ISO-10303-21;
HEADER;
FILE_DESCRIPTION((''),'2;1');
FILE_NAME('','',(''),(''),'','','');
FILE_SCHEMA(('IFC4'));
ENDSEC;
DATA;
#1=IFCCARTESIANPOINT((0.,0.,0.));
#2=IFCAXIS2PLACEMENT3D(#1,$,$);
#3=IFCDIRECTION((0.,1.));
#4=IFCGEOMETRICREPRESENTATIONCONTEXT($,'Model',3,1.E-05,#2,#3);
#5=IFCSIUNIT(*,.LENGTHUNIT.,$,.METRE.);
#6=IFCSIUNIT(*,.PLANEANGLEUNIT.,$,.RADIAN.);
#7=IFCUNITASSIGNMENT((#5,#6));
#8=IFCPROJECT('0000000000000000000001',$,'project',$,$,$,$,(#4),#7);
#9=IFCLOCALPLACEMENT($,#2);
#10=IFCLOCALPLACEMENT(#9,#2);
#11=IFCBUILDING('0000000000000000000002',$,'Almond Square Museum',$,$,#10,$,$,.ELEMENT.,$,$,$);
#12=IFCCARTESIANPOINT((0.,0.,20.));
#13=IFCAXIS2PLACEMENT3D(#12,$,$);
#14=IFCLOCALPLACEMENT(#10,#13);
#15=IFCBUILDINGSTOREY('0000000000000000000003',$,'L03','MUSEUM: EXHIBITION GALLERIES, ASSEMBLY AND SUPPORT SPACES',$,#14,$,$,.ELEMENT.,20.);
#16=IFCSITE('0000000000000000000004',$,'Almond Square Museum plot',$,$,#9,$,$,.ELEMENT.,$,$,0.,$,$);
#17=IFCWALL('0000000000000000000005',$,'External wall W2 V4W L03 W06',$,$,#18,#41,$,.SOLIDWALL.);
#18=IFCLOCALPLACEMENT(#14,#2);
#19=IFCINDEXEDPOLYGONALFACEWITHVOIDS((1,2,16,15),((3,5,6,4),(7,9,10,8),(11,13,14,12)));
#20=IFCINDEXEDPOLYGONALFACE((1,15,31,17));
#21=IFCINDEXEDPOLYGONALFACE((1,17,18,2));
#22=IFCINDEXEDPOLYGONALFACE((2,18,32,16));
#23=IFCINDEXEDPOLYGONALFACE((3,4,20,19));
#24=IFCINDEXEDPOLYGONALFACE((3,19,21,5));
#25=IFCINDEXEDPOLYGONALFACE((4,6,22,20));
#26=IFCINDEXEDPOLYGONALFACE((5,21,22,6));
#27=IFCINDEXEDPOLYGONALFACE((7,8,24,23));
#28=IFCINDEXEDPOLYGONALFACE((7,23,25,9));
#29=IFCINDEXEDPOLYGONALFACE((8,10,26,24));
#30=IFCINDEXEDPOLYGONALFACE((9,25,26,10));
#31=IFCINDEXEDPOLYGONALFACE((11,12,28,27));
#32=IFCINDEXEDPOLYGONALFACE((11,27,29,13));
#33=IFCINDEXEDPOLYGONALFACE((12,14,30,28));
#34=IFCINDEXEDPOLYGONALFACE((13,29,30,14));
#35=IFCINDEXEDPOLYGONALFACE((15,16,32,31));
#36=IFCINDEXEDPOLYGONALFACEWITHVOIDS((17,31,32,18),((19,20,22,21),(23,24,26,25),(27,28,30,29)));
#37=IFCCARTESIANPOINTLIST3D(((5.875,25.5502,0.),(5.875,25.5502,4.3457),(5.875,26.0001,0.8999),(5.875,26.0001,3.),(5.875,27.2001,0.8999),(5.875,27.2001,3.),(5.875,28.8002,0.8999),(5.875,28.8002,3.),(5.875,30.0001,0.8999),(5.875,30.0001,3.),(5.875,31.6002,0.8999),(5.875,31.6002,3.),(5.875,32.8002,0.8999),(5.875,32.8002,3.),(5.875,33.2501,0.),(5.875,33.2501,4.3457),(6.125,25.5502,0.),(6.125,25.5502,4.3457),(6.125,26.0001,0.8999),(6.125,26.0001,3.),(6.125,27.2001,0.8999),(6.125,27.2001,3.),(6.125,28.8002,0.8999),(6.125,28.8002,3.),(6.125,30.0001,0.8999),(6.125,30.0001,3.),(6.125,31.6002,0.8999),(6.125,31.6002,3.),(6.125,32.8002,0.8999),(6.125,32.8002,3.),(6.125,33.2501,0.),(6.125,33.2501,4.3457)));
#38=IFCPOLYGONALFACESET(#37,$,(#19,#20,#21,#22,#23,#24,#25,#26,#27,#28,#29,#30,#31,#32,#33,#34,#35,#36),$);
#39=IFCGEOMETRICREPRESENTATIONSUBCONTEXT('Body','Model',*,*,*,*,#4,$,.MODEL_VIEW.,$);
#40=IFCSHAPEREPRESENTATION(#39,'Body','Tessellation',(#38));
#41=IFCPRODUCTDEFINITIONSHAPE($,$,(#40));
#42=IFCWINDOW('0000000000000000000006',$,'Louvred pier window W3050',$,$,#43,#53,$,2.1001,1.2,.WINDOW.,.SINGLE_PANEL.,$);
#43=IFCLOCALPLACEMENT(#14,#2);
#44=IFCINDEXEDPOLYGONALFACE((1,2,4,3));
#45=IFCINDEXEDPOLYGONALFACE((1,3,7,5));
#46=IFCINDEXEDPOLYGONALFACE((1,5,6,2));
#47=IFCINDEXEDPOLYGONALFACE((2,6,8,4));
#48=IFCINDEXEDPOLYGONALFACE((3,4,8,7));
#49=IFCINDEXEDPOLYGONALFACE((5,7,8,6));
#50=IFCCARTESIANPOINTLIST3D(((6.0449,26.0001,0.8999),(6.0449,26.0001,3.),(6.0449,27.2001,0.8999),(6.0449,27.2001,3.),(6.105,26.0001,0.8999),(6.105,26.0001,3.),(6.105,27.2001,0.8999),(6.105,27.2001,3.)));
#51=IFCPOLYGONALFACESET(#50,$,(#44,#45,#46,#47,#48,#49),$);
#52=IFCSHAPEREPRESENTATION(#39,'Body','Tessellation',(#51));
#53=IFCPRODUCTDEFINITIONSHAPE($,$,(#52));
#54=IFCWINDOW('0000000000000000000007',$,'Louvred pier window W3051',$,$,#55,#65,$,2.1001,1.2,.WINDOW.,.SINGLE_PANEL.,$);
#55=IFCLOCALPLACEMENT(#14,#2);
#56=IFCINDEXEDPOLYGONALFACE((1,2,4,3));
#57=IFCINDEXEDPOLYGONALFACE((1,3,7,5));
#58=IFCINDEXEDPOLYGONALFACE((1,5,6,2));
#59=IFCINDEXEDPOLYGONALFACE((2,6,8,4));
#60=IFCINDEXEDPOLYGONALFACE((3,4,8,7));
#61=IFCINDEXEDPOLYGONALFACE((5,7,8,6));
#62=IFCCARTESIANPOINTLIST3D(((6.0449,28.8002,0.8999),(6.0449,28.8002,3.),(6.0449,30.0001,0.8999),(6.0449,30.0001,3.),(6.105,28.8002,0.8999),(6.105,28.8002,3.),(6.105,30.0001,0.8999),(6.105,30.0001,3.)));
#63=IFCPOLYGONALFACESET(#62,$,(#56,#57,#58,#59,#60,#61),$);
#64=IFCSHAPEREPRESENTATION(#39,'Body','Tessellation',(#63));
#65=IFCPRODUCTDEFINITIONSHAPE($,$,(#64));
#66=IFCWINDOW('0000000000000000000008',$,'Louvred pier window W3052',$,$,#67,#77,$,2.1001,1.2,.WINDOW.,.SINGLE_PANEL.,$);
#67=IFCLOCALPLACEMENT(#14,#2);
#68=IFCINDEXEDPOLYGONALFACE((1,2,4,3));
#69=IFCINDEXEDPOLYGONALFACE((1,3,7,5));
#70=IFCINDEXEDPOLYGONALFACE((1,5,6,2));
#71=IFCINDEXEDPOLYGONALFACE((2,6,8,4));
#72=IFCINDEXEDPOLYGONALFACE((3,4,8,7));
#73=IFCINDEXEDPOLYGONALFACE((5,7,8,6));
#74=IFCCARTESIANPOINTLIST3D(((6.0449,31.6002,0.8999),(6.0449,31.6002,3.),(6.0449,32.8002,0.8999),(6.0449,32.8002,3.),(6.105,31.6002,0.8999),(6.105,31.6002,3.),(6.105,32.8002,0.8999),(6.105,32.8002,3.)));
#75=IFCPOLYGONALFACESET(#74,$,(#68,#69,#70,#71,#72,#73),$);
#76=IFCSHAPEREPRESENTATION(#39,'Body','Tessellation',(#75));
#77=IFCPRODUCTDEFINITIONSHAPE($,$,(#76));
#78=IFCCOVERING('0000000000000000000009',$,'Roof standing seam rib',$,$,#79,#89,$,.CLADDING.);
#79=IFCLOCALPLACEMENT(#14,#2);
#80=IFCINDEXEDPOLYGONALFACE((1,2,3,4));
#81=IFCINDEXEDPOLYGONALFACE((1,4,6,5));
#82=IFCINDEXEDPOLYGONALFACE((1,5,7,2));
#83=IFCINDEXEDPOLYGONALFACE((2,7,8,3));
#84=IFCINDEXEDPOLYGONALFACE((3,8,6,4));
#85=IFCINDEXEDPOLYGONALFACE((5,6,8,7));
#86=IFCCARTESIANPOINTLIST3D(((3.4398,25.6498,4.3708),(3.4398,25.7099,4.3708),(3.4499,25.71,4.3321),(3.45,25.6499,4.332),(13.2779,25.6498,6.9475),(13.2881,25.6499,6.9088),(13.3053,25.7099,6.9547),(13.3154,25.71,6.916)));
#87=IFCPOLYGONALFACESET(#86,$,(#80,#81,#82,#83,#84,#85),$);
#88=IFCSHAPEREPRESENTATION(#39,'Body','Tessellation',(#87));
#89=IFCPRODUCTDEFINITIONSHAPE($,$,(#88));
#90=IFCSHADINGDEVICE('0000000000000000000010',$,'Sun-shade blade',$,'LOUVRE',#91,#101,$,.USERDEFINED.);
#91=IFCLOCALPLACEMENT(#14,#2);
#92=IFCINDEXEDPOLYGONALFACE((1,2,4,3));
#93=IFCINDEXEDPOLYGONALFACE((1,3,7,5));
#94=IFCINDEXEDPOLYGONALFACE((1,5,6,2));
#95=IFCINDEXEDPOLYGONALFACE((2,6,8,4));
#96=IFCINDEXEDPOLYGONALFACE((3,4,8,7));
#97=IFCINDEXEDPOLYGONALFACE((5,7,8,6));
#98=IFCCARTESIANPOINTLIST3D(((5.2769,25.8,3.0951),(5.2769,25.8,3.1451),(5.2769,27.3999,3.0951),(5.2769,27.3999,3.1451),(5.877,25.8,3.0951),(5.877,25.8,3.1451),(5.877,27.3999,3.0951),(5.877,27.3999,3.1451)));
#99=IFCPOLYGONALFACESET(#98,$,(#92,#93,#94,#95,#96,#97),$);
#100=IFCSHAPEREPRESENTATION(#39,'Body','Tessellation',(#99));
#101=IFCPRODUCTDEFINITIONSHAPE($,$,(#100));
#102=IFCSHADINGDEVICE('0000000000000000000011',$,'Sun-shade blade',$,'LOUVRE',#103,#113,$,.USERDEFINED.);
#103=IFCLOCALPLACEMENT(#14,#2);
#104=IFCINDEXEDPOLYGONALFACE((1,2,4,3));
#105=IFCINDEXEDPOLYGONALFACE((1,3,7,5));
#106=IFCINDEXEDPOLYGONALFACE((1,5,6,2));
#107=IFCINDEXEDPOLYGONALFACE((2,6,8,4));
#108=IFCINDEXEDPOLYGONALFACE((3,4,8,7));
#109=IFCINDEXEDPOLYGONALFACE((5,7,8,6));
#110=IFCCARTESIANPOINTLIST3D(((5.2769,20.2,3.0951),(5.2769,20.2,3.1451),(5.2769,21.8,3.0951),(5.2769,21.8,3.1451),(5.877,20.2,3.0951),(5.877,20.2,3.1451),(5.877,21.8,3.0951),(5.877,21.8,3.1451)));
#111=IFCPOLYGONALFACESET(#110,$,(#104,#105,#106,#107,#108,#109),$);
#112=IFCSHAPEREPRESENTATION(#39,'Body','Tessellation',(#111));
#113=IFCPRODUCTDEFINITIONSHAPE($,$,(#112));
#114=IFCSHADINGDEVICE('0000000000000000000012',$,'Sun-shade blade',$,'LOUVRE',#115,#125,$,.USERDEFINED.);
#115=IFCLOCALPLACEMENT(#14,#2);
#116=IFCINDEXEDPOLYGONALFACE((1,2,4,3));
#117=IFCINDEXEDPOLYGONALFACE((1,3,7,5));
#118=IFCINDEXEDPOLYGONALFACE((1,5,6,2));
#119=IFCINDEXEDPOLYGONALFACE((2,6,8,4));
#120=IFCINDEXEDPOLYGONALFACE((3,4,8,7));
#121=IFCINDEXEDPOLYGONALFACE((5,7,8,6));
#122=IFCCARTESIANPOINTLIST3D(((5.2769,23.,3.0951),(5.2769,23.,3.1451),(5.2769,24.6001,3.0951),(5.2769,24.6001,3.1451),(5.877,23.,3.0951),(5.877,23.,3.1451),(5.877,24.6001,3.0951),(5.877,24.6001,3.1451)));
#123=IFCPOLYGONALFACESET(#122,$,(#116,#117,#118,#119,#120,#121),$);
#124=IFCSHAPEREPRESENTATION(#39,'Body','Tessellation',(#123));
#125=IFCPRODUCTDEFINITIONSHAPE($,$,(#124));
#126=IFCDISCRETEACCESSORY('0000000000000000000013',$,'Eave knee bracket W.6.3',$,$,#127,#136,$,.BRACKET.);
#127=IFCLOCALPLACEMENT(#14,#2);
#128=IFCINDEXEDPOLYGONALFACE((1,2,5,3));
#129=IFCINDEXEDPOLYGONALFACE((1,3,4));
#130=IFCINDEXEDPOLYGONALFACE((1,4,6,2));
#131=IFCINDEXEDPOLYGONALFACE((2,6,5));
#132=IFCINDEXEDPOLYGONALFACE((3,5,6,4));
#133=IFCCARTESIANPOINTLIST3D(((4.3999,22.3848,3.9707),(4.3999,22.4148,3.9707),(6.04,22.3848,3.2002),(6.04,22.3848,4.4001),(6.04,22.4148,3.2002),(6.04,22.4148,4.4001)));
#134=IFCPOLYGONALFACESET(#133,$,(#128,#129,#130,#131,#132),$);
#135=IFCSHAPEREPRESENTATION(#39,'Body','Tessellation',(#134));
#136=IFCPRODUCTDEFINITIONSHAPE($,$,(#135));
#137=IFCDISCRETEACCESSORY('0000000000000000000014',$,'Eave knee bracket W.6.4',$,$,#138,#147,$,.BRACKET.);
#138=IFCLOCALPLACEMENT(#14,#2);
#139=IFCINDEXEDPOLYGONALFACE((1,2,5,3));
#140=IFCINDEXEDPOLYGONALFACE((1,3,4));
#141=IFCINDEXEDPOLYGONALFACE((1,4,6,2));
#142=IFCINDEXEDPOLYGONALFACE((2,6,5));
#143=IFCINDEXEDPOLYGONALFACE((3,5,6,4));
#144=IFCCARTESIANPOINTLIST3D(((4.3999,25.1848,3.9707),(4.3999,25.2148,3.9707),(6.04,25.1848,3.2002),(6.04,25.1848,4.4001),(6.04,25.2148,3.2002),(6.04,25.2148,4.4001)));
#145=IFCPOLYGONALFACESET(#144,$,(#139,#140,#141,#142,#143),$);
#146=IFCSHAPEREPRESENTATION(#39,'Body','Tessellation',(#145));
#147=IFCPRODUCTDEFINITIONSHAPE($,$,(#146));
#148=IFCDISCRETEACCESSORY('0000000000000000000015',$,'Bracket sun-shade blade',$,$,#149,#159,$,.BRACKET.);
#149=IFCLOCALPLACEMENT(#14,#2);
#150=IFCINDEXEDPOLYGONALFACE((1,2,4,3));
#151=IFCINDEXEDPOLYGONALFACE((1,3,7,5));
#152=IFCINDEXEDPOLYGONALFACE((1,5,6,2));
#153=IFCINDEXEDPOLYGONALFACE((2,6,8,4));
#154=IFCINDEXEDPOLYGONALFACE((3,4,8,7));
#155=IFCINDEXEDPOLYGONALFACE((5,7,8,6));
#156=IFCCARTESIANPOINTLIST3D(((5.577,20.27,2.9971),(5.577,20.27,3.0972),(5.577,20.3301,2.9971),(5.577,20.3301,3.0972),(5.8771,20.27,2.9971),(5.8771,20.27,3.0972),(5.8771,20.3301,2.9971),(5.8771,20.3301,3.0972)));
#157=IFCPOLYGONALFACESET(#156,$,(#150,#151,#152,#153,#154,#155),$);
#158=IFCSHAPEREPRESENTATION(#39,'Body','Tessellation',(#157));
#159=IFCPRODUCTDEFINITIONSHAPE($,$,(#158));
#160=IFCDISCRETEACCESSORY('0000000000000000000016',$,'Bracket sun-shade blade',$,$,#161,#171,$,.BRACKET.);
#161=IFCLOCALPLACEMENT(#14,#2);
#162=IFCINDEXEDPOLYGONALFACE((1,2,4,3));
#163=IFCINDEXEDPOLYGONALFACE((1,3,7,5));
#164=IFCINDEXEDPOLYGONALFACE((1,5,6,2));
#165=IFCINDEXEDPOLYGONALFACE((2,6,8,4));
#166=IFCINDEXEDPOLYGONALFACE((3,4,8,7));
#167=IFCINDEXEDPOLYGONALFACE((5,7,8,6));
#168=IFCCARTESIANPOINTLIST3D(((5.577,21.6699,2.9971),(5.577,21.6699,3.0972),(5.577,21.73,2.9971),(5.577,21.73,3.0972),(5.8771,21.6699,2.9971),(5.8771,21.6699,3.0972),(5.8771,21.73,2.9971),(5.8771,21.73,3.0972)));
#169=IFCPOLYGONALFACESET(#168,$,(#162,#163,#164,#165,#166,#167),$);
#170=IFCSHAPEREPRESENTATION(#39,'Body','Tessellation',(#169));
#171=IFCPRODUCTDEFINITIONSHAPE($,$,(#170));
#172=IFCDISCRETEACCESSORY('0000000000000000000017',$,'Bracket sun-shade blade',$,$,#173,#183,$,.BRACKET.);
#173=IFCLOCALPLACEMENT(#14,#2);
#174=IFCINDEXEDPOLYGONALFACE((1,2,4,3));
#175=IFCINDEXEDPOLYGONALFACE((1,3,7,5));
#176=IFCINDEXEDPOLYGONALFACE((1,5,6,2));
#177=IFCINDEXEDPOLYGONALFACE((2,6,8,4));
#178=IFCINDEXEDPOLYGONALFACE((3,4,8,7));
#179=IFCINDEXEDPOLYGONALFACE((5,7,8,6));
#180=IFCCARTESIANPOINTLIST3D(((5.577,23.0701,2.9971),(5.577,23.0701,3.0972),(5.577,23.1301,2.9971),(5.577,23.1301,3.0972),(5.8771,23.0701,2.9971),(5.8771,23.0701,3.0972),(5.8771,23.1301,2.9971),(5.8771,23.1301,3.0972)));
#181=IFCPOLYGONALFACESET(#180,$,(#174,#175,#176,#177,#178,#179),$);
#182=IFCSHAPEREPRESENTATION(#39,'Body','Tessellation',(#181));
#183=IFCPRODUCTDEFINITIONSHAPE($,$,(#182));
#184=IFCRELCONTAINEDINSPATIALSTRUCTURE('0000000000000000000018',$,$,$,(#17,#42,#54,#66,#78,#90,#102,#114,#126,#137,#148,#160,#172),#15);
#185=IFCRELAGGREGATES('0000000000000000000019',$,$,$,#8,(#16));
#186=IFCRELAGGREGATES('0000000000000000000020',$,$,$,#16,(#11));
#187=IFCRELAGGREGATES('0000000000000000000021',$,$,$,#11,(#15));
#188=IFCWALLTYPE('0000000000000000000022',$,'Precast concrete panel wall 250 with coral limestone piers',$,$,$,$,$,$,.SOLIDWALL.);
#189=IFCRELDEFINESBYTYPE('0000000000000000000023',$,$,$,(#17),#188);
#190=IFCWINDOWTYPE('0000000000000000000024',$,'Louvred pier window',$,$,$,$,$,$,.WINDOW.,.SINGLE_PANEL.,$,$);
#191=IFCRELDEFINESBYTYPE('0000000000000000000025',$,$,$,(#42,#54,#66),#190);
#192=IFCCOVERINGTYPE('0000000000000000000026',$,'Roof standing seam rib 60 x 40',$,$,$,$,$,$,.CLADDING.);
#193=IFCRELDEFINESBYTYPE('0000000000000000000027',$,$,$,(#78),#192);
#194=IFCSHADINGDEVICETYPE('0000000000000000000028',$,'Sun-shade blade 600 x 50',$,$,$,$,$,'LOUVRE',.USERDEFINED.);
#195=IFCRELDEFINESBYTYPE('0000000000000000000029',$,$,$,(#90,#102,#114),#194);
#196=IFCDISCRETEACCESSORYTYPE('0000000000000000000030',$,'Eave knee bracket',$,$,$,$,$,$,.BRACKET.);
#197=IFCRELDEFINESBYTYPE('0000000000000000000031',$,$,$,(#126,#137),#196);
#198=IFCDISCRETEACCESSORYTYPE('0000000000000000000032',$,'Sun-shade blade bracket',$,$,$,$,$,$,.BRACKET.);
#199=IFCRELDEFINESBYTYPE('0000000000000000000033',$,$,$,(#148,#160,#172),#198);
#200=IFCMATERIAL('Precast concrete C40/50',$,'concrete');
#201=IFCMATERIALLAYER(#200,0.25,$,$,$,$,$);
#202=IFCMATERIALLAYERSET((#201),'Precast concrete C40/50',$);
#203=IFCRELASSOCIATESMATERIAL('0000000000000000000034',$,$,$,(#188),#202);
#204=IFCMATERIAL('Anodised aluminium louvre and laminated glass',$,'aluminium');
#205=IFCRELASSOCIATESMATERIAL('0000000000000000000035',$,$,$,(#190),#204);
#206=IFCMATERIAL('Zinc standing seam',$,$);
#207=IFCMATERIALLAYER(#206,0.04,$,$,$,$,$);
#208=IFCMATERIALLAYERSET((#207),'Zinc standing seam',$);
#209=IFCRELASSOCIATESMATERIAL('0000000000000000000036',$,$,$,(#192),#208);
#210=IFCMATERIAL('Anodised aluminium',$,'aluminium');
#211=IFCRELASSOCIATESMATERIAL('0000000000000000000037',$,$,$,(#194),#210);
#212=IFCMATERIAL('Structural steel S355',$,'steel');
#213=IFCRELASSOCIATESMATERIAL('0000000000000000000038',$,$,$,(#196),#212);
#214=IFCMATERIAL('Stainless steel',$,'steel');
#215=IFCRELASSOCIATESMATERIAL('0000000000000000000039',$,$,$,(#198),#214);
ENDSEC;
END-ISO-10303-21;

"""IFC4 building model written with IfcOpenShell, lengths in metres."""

from ifc_helpers import new_model, si_unit, direction, frame, frame_2d, origin, origin_2d, place, context, subcontext, project, spatial, polyline, rectangle, outline, extrude, material, layer, layer_set, material_profile, profile_set, type_object, element, fill, save


model = new_model("IFC4")

# Units and contexts
model_context = context("Model", 3, precision=1e-05, world=origin(), true_north=direction((0.0, 1.0)))
body_context = subcontext(model_context, "Body", "Model", "MODEL_VIEW")
ifc_project = project(units=[si_unit("LENGTHUNIT", "METRE"), si_unit("PLANEANGLEUNIT", "RADIAN")], contexts=[model_context])

# Site, building, storey
site_placement = place(None, origin())
site = spatial("IfcSite", under=ifc_project, at=site_placement, Name="Almond Square Museum plot", CompositionType="ELEMENT", RefElevation=0.0)
building_placement = place(site_placement, origin())
building = spatial("IfcBuilding", under=site, at=building_placement, Name="Almond Square Museum", CompositionType="ELEMENT")
storey_placement = place(building_placement, frame((0.0, 0.0, 20.0)))
storey = spatial("IfcBuildingStorey", under=building, at=storey_placement, Name="L03", Description="MUSEUM: EXHIBITION GALLERIES, ASSEMBLY AND SUPPORT SPACES", CompositionType="ELEMENT", Elevation=20.0)

# Wall, openings, windows
ifc_material_1 = material(Name="Precast concrete C40/50", Category="concrete")
ifc_layer_1 = layer(ifc_material_1, 0.25)
ifc_layer_set_1 = layer_set([ifc_layer_1], Name="Precast concrete C40/50")
wall_type_1 = type_object("IfcWallType", Name="Precast concrete panel wall 250 with coral limestone piers", PredefinedType="SOLIDWALL", material=ifc_layer_set_1)
wall_1_placement = place(storey_placement, frame((6.0, 25.55, 0.0), z_axis=(0.0, 0.0, 1.0), x_axis=(0.0, 1.0, 0.0)))
wall_1 = element("IfcWall", 1, at=wall_1_placement, inside=storey, type_object=wall_type_1, Name="External wall W2 V4W L03 W06", PredefinedType="SOLIDWALL", context=body_context, shape_type="SweptSolid", body=[
    extrude(rectangle(XDim=7.7, YDim=0.25, at=frame_2d((3.8501, 0.0))), origin(), (0.0, 0.0, 1.0), 4.3457),
])
opening_1_placement = place(wall_1_placement, frame((0.45, 0.0, 0.8999)))
opening_1 = element("IfcOpeningElement", 2, at=opening_1_placement, cuts=wall_1, PredefinedType="OPENING", context=body_context, shape_type="SweptSolid", body=[
    extrude(rectangle(XDim=1.2, YDim=2.1001, at=frame_2d((0.6001, 1.05))), frame((0.0, 0.135, 0.0), z_axis=(0.0, -1.0, 0.0), x_axis=(1.0, 0.0, 0.0)), (0.0, 0.0, 1.0), 0.27),
])
opening_2_placement = place(wall_1_placement, frame((3.25, 0.0, 0.8999)))
opening_2 = element("IfcOpeningElement", 3, at=opening_2_placement, cuts=wall_1, PredefinedType="OPENING", context=body_context, shape_type="SweptSolid", body=[
    extrude(rectangle(XDim=1.2, YDim=2.1001, at=frame_2d((0.6001, 1.05))), frame((0.0, 0.135, 0.0), z_axis=(0.0, -1.0, 0.0), x_axis=(1.0, 0.0, 0.0)), (0.0, 0.0, 1.0), 0.27),
])
opening_3_placement = place(wall_1_placement, frame((6.05, 0.0, 0.8999)))
opening_3 = element("IfcOpeningElement", 4, at=opening_3_placement, cuts=wall_1, PredefinedType="OPENING", context=body_context, shape_type="SweptSolid", body=[
    extrude(rectangle(XDim=1.2, YDim=2.1001, at=frame_2d((0.6001, 1.05))), frame((0.0, 0.135, 0.0), z_axis=(0.0, -1.0, 0.0), x_axis=(1.0, 0.0, 0.0)), (0.0, 0.0, 1.0), 0.27),
])
ifc_material_2 = material(Name="Anodised aluminium louvre and laminated glass", Category="aluminium")
window_type = type_object("IfcWindowType", Name="Louvred pier window", PartitioningType="SINGLE_PANEL", PredefinedType="WINDOW", material=ifc_material_2)
window_1_placement = place(opening_1_placement, origin())
window_1 = element("IfcWindow", 5, at=window_1_placement, inside=storey, type_object=window_type, Name="Louvred pier window W3050", OverallHeight=2.1001, OverallWidth=1.2, PartitioningType="SINGLE_PANEL", PredefinedType="WINDOW", context=body_context, shape_type="SweptSolid", body=[
    extrude(rectangle(XDim=1.2, YDim=2.1001, at=frame_2d((0.6001, 1.05))), frame((0.0, -0.0449, 0.0), z_axis=(0.0, -1.0, 0.0), x_axis=(1.0, 0.0, 0.0)), (0.0, 0.0, 1.0), 0.0601),
])
fill(opening_1, window_1)
window_2_placement = place(opening_2_placement, origin())
window_2 = element("IfcWindow", 6, at=window_2_placement, inside=storey, type_object=window_type, Name="Louvred pier window W3051", OverallHeight=2.1001, OverallWidth=1.2, PartitioningType="SINGLE_PANEL", PredefinedType="WINDOW", context=body_context, shape_type="SweptSolid", body=[
    extrude(rectangle(XDim=1.2, YDim=2.1001, at=frame_2d((0.6001, 1.05))), frame((0.0, -0.0449, 0.0), z_axis=(0.0, -1.0, 0.0), x_axis=(1.0, 0.0, 0.0)), (0.0, 0.0, 1.0), 0.0601),
])
fill(opening_2, window_2)
window_3_placement = place(opening_3_placement, origin())
window_3 = element("IfcWindow", 7, at=window_3_placement, inside=storey, type_object=window_type, Name="Louvred pier window W3052", OverallHeight=2.1001, OverallWidth=1.2, PartitioningType="SINGLE_PANEL", PredefinedType="WINDOW", context=body_context, shape_type="SweptSolid", body=[
    extrude(rectangle(XDim=1.2, YDim=2.1001, at=frame_2d((0.6001, 1.05))), frame((0.0, -0.0449, 0.0), z_axis=(0.0, -1.0, 0.0), x_axis=(1.0, 0.0, 0.0)), (0.0, 0.0, 1.0), 0.0601),
])
fill(opening_3, window_3)

# Covering
ifc_material_3 = material(Name="Zinc standing seam")
ifc_layer_2 = layer(ifc_material_3, 0.04)
ifc_layer_set_2 = layer_set([ifc_layer_2], Name="Zinc standing seam")
covering_type = type_object("IfcCoveringType", Name="Roof standing seam rib 60 x 40", PredefinedType="CLADDING", material=ifc_layer_set_2)
covering_placement = place(storey_placement, frame((3.45, 25.6499, 4.332), z_axis=(-0.253367, -0.001309, 0.967369), x_axis=(0.96737, 0.0, 0.253367)))
element("IfcCovering", 8, at=covering_placement, inside=storey, type_object=covering_type, Name="Roof standing seam rib", PredefinedType="CLADDING", context=body_context, shape_type="SweptSolid", body=[
    extrude(outline(polyline([(0.0, 0.0), (10.17, 0.0), (10.1983, 0.0601), (0.0, 0.0601), (0.0, 0.0)])), origin(), (0.0, 0.0, 1.0), 0.04),
])

# Shading devices
ifc_material_4 = material(Name="Anodised aluminium", Category="aluminium")
ifc_material_profile_1 = material_profile(ifc_material_4, rectangle(XDim=0.6001, YDim=0.05, at=origin_2d()))
ifc_profile_set_1 = profile_set([ifc_material_profile_1], Name="Anodised aluminium")
shading_device_type = type_object("IfcShadingDeviceType", Name="Sun-shade blade 600 x 50", ElementType="LOUVRE", PredefinedType="USERDEFINED", material=ifc_profile_set_1)
shading_device_placement = place(storey_placement, frame((5.5769, 25.8, 3.1201), z_axis=(0.0, 1.0, 0.0), x_axis=(-1.0, 0.0, 0.0)))
element("IfcShadingDevice", 9, at=shading_device_placement, inside=storey, type_object=shading_device_type, Name="Sun-shade blade", ObjectType="LOUVRE", PredefinedType="USERDEFINED", context=body_context, shape_type="SweptSolid", body=[
    extrude(rectangle(XDim=0.6001, YDim=0.05, at=origin_2d()), origin(), (0.0, 0.0, 1.0), 1.5999),
])
for number, where, z_axis, x_axis, name in (
    (10, (5.5769, 20.2, 3.1201), (0.0, 1.0, 0.0), (-1.0, 0.0, 0.0), "Sun-shade blade"),
    (11, (5.5769, 23.0, 3.1201), (0.0, 1.0, 0.0), (-1.0, 0.0, 0.0), "Sun-shade blade"),
):
    element("IfcShadingDevice", number, at=place(storey_placement, frame(where, z_axis=z_axis, x_axis=x_axis)), inside=storey, type_object=shading_device_type, Name=name, ObjectType="LOUVRE", PredefinedType="USERDEFINED", context=body_context, shape_type="SweptSolid", body=[
        extrude(rectangle(XDim=0.6001, YDim=0.05, at=origin_2d()), origin(), (0.0, 0.0, 1.0), 1.6001),
    ])

# Discrete accessories
ifc_material_5 = material(Name="Structural steel S355", Category="steel")
discrete_accessory_type_1 = type_object("IfcDiscreteAccessoryType", Name="Eave knee bracket", PredefinedType="BRACKET", material=ifc_material_5)
for number, where, z_axis, x_axis, name in (
    (12, (6.04, 22.3999, 4.4001), (0.0, 1.0, 0.0), (0.0, 0.0, -1.0), "Eave knee bracket W.6.3"),
    (13, (6.04, 25.2, 4.4001), (0.0, 1.0, 0.0), (0.0, 0.0, -1.0), "Eave knee bracket W.6.4"),
):
    element("IfcDiscreteAccessory", number, at=place(storey_placement, frame(where, z_axis=z_axis, x_axis=x_axis)), inside=storey, type_object=discrete_accessory_type_1, Name=name, PredefinedType="BRACKET", context=body_context, shape_type="SweptSolid", body=[
        extrude(outline(polyline([(0.0, 0.0), (1.2, 0.0), (0.4294, 1.6401), (0.0, 0.0)])), frame((0.0, 0.0, -0.0151)), (0.0, 0.0, 1.0), 0.03),
    ])
ifc_material_6 = material(Name="Stainless steel", Category="steel")
discrete_accessory_type_2 = type_object("IfcDiscreteAccessoryType", Name="Sun-shade blade bracket", PredefinedType="BRACKET", material=ifc_material_6)
for number, where, z_axis, x_axis, name in (
    (14, (5.7271, 20.3, 2.9971), (0.0, 0.0, 1.0), (1.0, 0.0, 0.0), "Bracket sun-shade blade"),
    (15, (5.7271, 21.7, 2.9971), (0.0, 0.0, 1.0), (1.0, 0.0, 0.0), "Bracket sun-shade blade"),
    (16, (5.7271, 23.1001, 2.9971), (0.0, 0.0, 1.0), (1.0, 0.0, 0.0), "Bracket sun-shade blade"),
):
    element("IfcDiscreteAccessory", number, at=place(storey_placement, frame(where, z_axis=z_axis, x_axis=x_axis)), inside=storey, type_object=discrete_accessory_type_2, Name=name, PredefinedType="BRACKET", context=body_context, shape_type="SweptSolid", body=[
        extrude(rectangle(XDim=0.3, YDim=0.0601, at=origin_2d()), origin(), (0.0, 0.0, 1.0), 0.1001),
    ])

save(model, "model.ifc")
